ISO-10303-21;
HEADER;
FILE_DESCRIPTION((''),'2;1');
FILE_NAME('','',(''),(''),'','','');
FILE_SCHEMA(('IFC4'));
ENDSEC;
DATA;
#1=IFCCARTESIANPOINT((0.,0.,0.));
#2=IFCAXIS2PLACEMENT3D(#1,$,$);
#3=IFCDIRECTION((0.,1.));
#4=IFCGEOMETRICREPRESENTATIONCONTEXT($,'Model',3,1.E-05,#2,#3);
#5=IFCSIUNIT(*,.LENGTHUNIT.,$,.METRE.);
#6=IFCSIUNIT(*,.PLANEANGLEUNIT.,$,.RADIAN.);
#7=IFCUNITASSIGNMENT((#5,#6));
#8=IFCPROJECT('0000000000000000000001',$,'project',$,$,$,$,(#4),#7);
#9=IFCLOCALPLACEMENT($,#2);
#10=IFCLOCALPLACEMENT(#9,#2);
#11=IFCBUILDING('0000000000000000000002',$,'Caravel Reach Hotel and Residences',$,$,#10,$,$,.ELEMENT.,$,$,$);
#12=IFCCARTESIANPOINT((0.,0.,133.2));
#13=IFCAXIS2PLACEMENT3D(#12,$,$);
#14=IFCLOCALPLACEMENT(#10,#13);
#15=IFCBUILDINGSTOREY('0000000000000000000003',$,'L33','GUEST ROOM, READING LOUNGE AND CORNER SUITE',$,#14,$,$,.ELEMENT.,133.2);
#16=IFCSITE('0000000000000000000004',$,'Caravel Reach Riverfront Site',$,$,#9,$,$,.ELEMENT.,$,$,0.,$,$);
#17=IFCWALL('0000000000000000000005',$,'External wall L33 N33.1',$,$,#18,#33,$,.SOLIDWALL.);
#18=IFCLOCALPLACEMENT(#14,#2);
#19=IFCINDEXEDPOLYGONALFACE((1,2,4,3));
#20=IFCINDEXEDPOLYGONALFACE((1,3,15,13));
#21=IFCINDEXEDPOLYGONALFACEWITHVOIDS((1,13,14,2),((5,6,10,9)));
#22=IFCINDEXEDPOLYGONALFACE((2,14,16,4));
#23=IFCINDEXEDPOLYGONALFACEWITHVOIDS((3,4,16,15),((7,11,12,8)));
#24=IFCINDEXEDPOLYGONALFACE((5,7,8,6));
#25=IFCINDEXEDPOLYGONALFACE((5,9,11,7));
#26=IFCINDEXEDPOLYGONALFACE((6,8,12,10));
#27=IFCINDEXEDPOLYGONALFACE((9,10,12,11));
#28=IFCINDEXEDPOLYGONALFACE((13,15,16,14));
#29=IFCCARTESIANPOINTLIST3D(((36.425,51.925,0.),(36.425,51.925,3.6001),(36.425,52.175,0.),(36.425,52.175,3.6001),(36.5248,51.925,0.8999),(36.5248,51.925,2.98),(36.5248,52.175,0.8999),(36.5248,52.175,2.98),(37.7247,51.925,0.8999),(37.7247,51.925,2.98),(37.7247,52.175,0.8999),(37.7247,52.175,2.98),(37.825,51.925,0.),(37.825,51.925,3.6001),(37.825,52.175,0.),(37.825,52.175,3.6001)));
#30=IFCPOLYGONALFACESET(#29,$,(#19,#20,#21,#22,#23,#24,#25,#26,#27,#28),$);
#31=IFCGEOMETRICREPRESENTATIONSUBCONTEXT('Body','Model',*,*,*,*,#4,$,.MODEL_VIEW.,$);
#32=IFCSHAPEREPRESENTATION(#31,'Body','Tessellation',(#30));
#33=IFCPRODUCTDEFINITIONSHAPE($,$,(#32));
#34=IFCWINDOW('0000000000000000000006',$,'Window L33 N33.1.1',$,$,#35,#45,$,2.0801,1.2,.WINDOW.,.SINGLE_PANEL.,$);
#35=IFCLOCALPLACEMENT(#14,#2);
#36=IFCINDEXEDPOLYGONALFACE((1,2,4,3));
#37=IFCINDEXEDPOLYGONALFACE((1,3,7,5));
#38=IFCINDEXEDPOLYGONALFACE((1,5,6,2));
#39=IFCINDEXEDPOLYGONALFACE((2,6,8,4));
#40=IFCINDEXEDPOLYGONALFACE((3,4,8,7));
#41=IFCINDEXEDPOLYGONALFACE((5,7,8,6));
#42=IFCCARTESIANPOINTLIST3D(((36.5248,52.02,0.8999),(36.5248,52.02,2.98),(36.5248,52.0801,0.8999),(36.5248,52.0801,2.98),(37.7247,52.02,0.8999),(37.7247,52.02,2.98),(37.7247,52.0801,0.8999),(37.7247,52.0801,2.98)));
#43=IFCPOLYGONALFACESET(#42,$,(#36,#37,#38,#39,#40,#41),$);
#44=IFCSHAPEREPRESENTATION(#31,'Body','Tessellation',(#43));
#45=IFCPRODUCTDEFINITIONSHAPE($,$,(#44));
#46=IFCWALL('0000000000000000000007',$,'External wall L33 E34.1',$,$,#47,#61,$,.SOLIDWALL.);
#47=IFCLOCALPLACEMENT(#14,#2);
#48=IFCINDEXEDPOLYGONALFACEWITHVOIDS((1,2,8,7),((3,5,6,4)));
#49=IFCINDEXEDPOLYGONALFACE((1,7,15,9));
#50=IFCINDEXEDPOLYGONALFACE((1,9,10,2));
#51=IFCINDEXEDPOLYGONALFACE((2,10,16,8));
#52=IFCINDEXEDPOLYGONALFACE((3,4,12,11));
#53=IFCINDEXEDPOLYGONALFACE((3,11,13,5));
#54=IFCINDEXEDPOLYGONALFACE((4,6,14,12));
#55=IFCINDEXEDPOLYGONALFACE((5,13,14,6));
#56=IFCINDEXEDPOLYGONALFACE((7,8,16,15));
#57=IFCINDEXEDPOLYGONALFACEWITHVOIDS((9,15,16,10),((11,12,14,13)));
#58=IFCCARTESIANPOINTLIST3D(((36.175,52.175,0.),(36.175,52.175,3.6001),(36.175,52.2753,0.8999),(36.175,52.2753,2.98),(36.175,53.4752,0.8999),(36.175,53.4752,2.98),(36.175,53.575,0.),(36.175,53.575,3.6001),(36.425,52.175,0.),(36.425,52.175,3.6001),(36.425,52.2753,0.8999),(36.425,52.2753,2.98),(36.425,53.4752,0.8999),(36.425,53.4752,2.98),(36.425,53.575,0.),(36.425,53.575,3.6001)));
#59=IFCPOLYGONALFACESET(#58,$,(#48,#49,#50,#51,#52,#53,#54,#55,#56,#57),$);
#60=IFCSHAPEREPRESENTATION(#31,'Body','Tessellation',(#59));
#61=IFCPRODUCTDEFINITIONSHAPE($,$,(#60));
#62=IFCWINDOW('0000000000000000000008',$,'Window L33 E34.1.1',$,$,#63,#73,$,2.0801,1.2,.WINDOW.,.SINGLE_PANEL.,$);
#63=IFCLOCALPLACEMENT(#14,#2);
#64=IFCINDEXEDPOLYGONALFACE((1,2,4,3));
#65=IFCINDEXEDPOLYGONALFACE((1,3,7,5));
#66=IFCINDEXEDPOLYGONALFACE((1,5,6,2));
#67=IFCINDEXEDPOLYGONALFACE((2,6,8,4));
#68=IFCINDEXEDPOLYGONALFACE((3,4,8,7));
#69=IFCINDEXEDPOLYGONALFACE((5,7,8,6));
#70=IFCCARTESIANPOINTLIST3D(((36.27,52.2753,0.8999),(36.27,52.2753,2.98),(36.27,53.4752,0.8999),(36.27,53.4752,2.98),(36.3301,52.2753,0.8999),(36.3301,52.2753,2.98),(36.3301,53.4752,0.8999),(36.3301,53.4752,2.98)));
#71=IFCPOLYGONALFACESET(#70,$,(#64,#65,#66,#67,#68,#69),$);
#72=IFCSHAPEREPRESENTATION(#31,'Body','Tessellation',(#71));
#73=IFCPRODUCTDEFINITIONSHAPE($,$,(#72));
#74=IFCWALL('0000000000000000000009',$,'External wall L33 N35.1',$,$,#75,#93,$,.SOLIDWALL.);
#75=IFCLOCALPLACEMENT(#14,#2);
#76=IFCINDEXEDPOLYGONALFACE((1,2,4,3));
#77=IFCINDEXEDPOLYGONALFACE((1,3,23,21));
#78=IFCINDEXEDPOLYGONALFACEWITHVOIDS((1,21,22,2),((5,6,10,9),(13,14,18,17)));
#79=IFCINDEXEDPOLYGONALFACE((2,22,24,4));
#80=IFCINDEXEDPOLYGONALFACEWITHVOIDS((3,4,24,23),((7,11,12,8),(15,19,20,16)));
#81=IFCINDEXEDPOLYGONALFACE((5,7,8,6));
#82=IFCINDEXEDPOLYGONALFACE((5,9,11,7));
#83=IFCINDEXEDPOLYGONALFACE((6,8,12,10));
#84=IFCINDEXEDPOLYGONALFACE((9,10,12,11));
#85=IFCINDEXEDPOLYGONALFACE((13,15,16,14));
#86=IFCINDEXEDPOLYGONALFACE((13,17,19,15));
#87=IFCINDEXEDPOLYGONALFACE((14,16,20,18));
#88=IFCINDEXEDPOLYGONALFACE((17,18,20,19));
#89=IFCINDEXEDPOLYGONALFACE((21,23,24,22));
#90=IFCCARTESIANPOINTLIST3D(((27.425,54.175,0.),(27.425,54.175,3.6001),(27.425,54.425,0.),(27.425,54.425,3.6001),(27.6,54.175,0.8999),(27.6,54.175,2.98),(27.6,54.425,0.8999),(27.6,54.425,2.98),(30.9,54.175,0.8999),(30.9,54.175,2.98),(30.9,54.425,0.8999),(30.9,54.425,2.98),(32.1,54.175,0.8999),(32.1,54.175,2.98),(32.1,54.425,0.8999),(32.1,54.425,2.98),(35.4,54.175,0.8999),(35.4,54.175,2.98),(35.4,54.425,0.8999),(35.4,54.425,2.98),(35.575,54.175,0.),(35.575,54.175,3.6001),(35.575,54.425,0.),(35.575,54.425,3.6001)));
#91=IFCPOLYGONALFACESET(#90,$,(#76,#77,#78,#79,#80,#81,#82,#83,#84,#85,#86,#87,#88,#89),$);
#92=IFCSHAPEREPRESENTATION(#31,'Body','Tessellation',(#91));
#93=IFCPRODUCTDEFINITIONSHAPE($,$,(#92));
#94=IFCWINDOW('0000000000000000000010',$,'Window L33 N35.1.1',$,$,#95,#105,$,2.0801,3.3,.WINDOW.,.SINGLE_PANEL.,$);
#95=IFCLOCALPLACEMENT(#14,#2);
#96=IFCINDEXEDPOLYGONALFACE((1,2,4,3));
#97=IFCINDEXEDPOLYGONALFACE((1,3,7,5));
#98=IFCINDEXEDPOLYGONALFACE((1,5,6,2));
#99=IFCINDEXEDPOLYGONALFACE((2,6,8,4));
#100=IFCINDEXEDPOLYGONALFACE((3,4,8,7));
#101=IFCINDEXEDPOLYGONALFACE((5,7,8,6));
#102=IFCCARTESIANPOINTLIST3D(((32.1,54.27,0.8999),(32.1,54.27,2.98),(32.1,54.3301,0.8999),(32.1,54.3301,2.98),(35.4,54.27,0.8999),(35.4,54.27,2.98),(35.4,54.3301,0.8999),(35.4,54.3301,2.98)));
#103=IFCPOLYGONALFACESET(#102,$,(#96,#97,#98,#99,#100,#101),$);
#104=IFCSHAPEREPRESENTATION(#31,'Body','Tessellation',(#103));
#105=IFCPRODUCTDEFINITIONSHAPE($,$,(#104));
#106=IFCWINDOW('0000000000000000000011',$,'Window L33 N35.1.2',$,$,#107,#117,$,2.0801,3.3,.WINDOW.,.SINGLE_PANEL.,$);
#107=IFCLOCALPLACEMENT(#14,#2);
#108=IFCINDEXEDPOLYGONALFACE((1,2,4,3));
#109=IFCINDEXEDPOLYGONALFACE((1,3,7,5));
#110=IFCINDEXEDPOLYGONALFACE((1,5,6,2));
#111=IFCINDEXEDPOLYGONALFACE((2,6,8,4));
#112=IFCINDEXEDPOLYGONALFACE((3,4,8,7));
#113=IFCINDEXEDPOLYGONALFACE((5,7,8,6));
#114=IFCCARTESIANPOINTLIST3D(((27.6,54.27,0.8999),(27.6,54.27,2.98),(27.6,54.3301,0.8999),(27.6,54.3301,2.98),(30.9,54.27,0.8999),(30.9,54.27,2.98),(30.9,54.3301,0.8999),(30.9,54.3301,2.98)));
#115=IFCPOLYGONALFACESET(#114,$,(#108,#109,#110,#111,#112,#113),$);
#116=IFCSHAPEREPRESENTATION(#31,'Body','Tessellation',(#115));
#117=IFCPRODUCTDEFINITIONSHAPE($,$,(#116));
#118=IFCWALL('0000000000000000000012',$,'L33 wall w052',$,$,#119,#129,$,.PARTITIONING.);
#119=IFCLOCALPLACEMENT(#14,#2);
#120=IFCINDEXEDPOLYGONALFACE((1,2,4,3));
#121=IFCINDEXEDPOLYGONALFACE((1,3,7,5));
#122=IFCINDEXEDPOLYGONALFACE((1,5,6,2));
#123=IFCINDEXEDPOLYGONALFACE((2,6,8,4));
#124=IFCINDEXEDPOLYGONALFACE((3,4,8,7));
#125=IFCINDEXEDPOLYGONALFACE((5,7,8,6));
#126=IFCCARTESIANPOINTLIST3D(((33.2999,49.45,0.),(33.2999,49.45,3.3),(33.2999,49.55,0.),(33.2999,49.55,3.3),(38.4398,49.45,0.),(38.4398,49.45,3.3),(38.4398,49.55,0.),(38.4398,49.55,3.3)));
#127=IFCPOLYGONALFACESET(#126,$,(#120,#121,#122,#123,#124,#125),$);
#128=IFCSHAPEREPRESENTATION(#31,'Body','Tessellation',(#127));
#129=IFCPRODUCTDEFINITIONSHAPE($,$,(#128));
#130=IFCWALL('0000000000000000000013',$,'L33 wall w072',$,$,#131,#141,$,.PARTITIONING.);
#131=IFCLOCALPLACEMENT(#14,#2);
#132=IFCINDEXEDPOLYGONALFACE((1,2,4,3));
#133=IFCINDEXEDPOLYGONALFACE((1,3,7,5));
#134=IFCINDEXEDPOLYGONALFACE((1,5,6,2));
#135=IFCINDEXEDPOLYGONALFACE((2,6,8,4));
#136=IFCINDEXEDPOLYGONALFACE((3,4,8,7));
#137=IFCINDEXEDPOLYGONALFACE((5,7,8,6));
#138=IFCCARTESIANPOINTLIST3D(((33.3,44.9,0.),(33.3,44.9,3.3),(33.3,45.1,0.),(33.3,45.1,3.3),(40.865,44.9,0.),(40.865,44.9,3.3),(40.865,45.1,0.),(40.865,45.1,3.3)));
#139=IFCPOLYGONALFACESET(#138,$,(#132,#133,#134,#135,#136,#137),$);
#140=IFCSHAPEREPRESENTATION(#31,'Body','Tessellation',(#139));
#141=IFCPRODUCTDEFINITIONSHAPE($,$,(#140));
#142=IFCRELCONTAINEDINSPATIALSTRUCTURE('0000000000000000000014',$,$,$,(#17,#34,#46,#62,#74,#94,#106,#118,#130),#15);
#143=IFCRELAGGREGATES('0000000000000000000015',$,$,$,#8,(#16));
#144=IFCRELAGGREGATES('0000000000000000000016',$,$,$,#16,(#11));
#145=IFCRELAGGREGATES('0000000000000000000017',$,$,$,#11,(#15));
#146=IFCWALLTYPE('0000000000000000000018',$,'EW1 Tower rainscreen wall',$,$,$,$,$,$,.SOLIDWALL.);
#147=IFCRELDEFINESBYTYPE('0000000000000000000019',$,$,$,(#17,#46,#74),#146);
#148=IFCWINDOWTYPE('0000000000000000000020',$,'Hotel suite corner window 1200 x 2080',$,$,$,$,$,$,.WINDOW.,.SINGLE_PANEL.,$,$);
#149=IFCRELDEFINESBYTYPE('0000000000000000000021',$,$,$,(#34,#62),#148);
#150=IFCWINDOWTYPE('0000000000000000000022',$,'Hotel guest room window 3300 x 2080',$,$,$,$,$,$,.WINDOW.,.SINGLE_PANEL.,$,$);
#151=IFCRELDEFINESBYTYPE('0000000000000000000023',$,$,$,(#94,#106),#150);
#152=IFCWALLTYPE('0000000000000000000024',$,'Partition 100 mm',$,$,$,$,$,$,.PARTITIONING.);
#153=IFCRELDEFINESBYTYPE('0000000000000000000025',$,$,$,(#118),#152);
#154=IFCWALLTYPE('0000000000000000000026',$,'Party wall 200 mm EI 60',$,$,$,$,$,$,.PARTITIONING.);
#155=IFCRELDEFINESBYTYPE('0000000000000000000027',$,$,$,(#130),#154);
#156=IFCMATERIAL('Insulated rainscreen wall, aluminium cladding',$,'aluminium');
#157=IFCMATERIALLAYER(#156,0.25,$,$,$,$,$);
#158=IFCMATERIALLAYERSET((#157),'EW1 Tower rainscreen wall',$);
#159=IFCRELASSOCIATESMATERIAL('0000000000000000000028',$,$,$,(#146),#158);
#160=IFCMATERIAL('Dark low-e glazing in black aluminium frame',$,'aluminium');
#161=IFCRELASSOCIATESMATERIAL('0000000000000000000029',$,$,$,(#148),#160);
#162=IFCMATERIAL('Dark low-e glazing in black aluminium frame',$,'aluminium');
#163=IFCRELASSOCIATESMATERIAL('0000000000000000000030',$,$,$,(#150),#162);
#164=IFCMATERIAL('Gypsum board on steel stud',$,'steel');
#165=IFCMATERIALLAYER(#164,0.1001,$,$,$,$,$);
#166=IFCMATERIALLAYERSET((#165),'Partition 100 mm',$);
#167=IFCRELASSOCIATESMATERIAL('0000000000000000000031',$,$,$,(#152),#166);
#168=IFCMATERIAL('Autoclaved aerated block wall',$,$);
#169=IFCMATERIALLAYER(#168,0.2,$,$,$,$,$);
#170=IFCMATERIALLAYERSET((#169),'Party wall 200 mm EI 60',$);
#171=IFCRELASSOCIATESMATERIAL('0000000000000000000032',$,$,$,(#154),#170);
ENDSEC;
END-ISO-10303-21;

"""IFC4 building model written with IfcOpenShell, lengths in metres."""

from ifc_helpers import new_model, si_unit, direction, frame, frame_2d, origin, place, context, subcontext, project, spatial, rectangle, extrude, material, layer, layer_set, type_object, element, fill, save


model = new_model("IFC4")

# Units and contexts
model_context = context("Model", 3, precision=1e-05, world=origin(), true_north=direction((0.0, 1.0)))
body_context = subcontext(model_context, "Body", "Model", "MODEL_VIEW")
ifc_project = project(units=[si_unit("LENGTHUNIT", "METRE"), si_unit("PLANEANGLEUNIT", "RADIAN")], contexts=[model_context])

# Site, building, storey
site_placement = place(None, origin())
site = spatial("IfcSite", under=ifc_project, at=site_placement, Name="Caravel Reach Riverfront Site", CompositionType="ELEMENT", RefElevation=0.0)
building_placement = place(site_placement, origin())
building = spatial("IfcBuilding", under=site, at=building_placement, Name="Caravel Reach Hotel and Residences", CompositionType="ELEMENT")
storey_placement = place(building_placement, frame((0.0, 0.0, 133.2)))
storey = spatial("IfcBuildingStorey", under=building, at=storey_placement, Name="L33", Description="GUEST ROOM, READING LOUNGE AND CORNER SUITE", CompositionType="ELEMENT", Elevation=133.2)

# Walls, openings, windows
ifc_material_1 = material(Name="Insulated rainscreen wall, aluminium cladding", Category="aluminium")
ifc_layer_1 = layer(ifc_material_1, 0.25)
ifc_layer_set_1 = layer_set([ifc_layer_1], Name="EW1 Tower rainscreen wall")
wall_type_1 = type_object("IfcWallType", Name="EW1 Tower rainscreen wall", PredefinedType="SOLIDWALL", material=ifc_layer_set_1)
ifc_material_2 = material(Name="Dark low-e glazing in black aluminium frame", Category="aluminium")
window_type_1 = type_object("IfcWindowType", Name="Hotel suite corner window 1200 x 2080", PartitioningType="SINGLE_PANEL", PredefinedType="WINDOW", material=ifc_material_2)
wall_1_placement = place(storey_placement, frame((37.825, 52.05, 0.0), z_axis=(0.0, 0.0, 1.0), x_axis=(-1.0, 0.0, 0.0)))
wall_1 = element("IfcWall", 1, at=wall_1_placement, inside=storey, type_object=wall_type_1, Name="External wall L33 N33.1", PredefinedType="SOLIDWALL", context=body_context, shape_type="SweptSolid", body=[
    extrude(rectangle(XDim=1.3999, YDim=0.25, at=frame_2d((0.7, 0.0))), origin(), (0.0, 0.0, 1.0), 3.6001),
])
opening_1_placement = place(wall_1_placement, frame((0.1001, 0.0, 0.8999)))
opening_1 = element("IfcOpeningElement", 2, at=opening_1_placement, cuts=wall_1, PredefinedType="OPENING", context=body_context, shape_type="SweptSolid", body=[
    extrude(rectangle(XDim=1.2, YDim=2.0801, at=frame_2d((0.6001, 1.04))), frame((0.0, 0.135, 0.0), z_axis=(0.0, -1.0, 0.0), x_axis=(1.0, 0.0, 0.0)), (0.0, 0.0, 1.0), 0.27),
])
window_1_placement = place(opening_1_placement, origin())
window_1 = element("IfcWindow", 3, at=window_1_placement, inside=storey, type_object=window_type_1, Name="Window L33 N33.1.1", OverallHeight=2.0801, OverallWidth=1.2, PartitioningType="SINGLE_PANEL", PredefinedType="WINDOW", context=body_context, shape_type="SweptSolid", body=[
    extrude(rectangle(XDim=1.2, YDim=2.0801, at=frame_2d((0.6001, 1.04))), frame((0.0, 0.03, 0.0), z_axis=(0.0, -1.0, 0.0), x_axis=(1.0, 0.0, 0.0)), (0.0, 0.0, 1.0), 0.0601),
])
fill(opening_1, window_1)
wall_2_placement = place(storey_placement, frame((36.3, 52.175, 0.0), z_axis=(0.0, 0.0, 1.0), x_axis=(0.0, 1.0, 0.0)))
wall_2 = element("IfcWall", 4, at=wall_2_placement, inside=storey, type_object=wall_type_1, Name="External wall L33 E34.1", PredefinedType="SOLIDWALL", context=body_context, shape_type="SweptSolid", body=[
    extrude(rectangle(XDim=1.3999, YDim=0.25, at=frame_2d((0.7, 0.0))), origin(), (0.0, 0.0, 1.0), 3.6001),
])
opening_2_placement = place(wall_2_placement, frame((0.1001, 0.0, 0.8999)))
opening_2 = element("IfcOpeningElement", 5, at=opening_2_placement, cuts=wall_2, PredefinedType="OPENING", context=body_context, shape_type="SweptSolid", body=[
    extrude(rectangle(XDim=1.2, YDim=2.0801, at=frame_2d((0.6001, 1.04))), frame((0.0, 0.135, 0.0), z_axis=(0.0, -1.0, 0.0), x_axis=(1.0, 0.0, 0.0)), (0.0, 0.0, 1.0), 0.27),
])
window_2_placement = place(opening_2_placement, origin())
window_2 = element("IfcWindow", 6, at=window_2_placement, inside=storey, type_object=window_type_1, Name="Window L33 E34.1.1", OverallHeight=2.0801, OverallWidth=1.2, PartitioningType="SINGLE_PANEL", PredefinedType="WINDOW", context=body_context, shape_type="SweptSolid", body=[
    extrude(rectangle(XDim=1.2, YDim=2.0801, at=frame_2d((0.6001, 1.04))), frame((0.0, 0.03, 0.0), z_axis=(0.0, -1.0, 0.0), x_axis=(1.0, 0.0, 0.0)), (0.0, 0.0, 1.0), 0.0601),
])
fill(opening_2, window_2)

# Wall, openings, windows
wall_3_placement = place(storey_placement, frame((35.575, 54.3, 0.0), z_axis=(0.0, 0.0, 1.0), x_axis=(-1.0, 0.0, 0.0)))
wall_3 = element("IfcWall", 7, at=wall_3_placement, inside=storey, type_object=wall_type_1, Name="External wall L33 N35.1", PredefinedType="SOLIDWALL", context=body_context, shape_type="SweptSolid", body=[
    extrude(rectangle(XDim=8.1499, YDim=0.25, at=frame_2d((4.075, 0.0))), origin(), (0.0, 0.0, 1.0), 3.6001),
])
opening_3_placement = place(wall_3_placement, frame((0.175, 0.0, 0.8999)))
opening_3 = element("IfcOpeningElement", 8, at=opening_3_placement, cuts=wall_3, PredefinedType="OPENING", context=body_context, shape_type="SweptSolid", body=[
    extrude(rectangle(XDim=3.3, YDim=2.0801, at=frame_2d((1.6499, 1.04))), frame((0.0, 0.135, 0.0), z_axis=(0.0, -1.0, 0.0), x_axis=(1.0, 0.0, 0.0)), (0.0, 0.0, 1.0), 0.27),
])
opening_4_placement = place(wall_3_placement, frame((4.675, 0.0, 0.8999)))
opening_4 = element("IfcOpeningElement", 9, at=opening_4_placement, cuts=wall_3, PredefinedType="OPENING", context=body_context, shape_type="SweptSolid", body=[
    extrude(rectangle(XDim=3.3, YDim=2.0801, at=frame_2d((1.6499, 1.04))), frame((0.0, 0.135, 0.0), z_axis=(0.0, -1.0, 0.0), x_axis=(1.0, 0.0, 0.0)), (0.0, 0.0, 1.0), 0.27),
])
ifc_material_3 = material(Name="Dark low-e glazing in black aluminium frame", Category="aluminium")
window_type_2 = type_object("IfcWindowType", Name="Hotel guest room window 3300 x 2080", PartitioningType="SINGLE_PANEL", PredefinedType="WINDOW", material=ifc_material_3)
window_3_placement = place(opening_3_placement, origin())
window_3 = element("IfcWindow", 10, at=window_3_placement, inside=storey, type_object=window_type_2, Name="Window L33 N35.1.1", OverallHeight=2.0801, OverallWidth=3.3, PartitioningType="SINGLE_PANEL", PredefinedType="WINDOW", context=body_context, shape_type="SweptSolid", body=[
    extrude(rectangle(XDim=3.3, YDim=2.0801, at=frame_2d((1.6499, 1.04))), frame((0.0, 0.03, 0.0), z_axis=(0.0, -1.0, 0.0), x_axis=(1.0, 0.0, 0.0)), (0.0, 0.0, 1.0), 0.0601),
])
fill(opening_3, window_3)
window_4_placement = place(opening_4_placement, origin())
window_4 = element("IfcWindow", 11, at=window_4_placement, inside=storey, type_object=window_type_2, Name="Window L33 N35.1.2", OverallHeight=2.0801, OverallWidth=3.3, PartitioningType="SINGLE_PANEL", PredefinedType="WINDOW", context=body_context, shape_type="SweptSolid", body=[
    extrude(rectangle(XDim=3.3, YDim=2.0801, at=frame_2d((1.6499, 1.04))), frame((0.0, 0.03, 0.0), z_axis=(0.0, -1.0, 0.0), x_axis=(1.0, 0.0, 0.0)), (0.0, 0.0, 1.0), 0.0601),
])
fill(opening_4, window_4)

# Walls
ifc_material_4 = material(Name="Gypsum board on steel stud", Category="steel")
ifc_layer_2 = layer(ifc_material_4, 0.1001)
ifc_layer_set_2 = layer_set([ifc_layer_2], Name="Partition 100 mm")
wall_type_2 = type_object("IfcWallType", Name="Partition 100 mm", PredefinedType="PARTITIONING", material=ifc_layer_set_2)
wall_4_placement = place(storey_placement, frame((33.3, 49.5, 0.0), z_axis=(0.0, 0.0, 1.0), x_axis=(1.0, 0.0, 0.0)))
element("IfcWall", 12, at=wall_4_placement, inside=storey, type_object=wall_type_2, Name="L33 wall w052", PredefinedType="PARTITIONING", context=body_context, shape_type="SweptSolid", body=[
    extrude(rectangle(XDim=5.1399, YDim=0.1001, at=frame_2d((2.5698, 0.0))), origin(), (0.0, 0.0, 1.0), 3.3),
])
ifc_material_5 = material(Name="Autoclaved aerated block wall")
ifc_layer_3 = layer(ifc_material_5, 0.2)
ifc_layer_set_3 = layer_set([ifc_layer_3], Name="Party wall 200 mm EI 60")
wall_type_3 = type_object("IfcWallType", Name="Party wall 200 mm EI 60", PredefinedType="PARTITIONING", material=ifc_layer_set_3)
wall_5_placement = place(storey_placement, frame((33.3, 45.0, 0.0), z_axis=(0.0, 0.0, 1.0), x_axis=(1.0, 0.0, 0.0)))
element("IfcWall", 13, at=wall_5_placement, inside=storey, type_object=wall_type_3, Name="L33 wall w072", PredefinedType="PARTITIONING", context=body_context, shape_type="SweptSolid", body=[
    extrude(rectangle(XDim=7.5649, YDim=0.2, at=frame_2d((3.7825, 0.0))), origin(), (0.0, 0.0, 1.0), 3.3),
])

save(model, "model.ifc")
